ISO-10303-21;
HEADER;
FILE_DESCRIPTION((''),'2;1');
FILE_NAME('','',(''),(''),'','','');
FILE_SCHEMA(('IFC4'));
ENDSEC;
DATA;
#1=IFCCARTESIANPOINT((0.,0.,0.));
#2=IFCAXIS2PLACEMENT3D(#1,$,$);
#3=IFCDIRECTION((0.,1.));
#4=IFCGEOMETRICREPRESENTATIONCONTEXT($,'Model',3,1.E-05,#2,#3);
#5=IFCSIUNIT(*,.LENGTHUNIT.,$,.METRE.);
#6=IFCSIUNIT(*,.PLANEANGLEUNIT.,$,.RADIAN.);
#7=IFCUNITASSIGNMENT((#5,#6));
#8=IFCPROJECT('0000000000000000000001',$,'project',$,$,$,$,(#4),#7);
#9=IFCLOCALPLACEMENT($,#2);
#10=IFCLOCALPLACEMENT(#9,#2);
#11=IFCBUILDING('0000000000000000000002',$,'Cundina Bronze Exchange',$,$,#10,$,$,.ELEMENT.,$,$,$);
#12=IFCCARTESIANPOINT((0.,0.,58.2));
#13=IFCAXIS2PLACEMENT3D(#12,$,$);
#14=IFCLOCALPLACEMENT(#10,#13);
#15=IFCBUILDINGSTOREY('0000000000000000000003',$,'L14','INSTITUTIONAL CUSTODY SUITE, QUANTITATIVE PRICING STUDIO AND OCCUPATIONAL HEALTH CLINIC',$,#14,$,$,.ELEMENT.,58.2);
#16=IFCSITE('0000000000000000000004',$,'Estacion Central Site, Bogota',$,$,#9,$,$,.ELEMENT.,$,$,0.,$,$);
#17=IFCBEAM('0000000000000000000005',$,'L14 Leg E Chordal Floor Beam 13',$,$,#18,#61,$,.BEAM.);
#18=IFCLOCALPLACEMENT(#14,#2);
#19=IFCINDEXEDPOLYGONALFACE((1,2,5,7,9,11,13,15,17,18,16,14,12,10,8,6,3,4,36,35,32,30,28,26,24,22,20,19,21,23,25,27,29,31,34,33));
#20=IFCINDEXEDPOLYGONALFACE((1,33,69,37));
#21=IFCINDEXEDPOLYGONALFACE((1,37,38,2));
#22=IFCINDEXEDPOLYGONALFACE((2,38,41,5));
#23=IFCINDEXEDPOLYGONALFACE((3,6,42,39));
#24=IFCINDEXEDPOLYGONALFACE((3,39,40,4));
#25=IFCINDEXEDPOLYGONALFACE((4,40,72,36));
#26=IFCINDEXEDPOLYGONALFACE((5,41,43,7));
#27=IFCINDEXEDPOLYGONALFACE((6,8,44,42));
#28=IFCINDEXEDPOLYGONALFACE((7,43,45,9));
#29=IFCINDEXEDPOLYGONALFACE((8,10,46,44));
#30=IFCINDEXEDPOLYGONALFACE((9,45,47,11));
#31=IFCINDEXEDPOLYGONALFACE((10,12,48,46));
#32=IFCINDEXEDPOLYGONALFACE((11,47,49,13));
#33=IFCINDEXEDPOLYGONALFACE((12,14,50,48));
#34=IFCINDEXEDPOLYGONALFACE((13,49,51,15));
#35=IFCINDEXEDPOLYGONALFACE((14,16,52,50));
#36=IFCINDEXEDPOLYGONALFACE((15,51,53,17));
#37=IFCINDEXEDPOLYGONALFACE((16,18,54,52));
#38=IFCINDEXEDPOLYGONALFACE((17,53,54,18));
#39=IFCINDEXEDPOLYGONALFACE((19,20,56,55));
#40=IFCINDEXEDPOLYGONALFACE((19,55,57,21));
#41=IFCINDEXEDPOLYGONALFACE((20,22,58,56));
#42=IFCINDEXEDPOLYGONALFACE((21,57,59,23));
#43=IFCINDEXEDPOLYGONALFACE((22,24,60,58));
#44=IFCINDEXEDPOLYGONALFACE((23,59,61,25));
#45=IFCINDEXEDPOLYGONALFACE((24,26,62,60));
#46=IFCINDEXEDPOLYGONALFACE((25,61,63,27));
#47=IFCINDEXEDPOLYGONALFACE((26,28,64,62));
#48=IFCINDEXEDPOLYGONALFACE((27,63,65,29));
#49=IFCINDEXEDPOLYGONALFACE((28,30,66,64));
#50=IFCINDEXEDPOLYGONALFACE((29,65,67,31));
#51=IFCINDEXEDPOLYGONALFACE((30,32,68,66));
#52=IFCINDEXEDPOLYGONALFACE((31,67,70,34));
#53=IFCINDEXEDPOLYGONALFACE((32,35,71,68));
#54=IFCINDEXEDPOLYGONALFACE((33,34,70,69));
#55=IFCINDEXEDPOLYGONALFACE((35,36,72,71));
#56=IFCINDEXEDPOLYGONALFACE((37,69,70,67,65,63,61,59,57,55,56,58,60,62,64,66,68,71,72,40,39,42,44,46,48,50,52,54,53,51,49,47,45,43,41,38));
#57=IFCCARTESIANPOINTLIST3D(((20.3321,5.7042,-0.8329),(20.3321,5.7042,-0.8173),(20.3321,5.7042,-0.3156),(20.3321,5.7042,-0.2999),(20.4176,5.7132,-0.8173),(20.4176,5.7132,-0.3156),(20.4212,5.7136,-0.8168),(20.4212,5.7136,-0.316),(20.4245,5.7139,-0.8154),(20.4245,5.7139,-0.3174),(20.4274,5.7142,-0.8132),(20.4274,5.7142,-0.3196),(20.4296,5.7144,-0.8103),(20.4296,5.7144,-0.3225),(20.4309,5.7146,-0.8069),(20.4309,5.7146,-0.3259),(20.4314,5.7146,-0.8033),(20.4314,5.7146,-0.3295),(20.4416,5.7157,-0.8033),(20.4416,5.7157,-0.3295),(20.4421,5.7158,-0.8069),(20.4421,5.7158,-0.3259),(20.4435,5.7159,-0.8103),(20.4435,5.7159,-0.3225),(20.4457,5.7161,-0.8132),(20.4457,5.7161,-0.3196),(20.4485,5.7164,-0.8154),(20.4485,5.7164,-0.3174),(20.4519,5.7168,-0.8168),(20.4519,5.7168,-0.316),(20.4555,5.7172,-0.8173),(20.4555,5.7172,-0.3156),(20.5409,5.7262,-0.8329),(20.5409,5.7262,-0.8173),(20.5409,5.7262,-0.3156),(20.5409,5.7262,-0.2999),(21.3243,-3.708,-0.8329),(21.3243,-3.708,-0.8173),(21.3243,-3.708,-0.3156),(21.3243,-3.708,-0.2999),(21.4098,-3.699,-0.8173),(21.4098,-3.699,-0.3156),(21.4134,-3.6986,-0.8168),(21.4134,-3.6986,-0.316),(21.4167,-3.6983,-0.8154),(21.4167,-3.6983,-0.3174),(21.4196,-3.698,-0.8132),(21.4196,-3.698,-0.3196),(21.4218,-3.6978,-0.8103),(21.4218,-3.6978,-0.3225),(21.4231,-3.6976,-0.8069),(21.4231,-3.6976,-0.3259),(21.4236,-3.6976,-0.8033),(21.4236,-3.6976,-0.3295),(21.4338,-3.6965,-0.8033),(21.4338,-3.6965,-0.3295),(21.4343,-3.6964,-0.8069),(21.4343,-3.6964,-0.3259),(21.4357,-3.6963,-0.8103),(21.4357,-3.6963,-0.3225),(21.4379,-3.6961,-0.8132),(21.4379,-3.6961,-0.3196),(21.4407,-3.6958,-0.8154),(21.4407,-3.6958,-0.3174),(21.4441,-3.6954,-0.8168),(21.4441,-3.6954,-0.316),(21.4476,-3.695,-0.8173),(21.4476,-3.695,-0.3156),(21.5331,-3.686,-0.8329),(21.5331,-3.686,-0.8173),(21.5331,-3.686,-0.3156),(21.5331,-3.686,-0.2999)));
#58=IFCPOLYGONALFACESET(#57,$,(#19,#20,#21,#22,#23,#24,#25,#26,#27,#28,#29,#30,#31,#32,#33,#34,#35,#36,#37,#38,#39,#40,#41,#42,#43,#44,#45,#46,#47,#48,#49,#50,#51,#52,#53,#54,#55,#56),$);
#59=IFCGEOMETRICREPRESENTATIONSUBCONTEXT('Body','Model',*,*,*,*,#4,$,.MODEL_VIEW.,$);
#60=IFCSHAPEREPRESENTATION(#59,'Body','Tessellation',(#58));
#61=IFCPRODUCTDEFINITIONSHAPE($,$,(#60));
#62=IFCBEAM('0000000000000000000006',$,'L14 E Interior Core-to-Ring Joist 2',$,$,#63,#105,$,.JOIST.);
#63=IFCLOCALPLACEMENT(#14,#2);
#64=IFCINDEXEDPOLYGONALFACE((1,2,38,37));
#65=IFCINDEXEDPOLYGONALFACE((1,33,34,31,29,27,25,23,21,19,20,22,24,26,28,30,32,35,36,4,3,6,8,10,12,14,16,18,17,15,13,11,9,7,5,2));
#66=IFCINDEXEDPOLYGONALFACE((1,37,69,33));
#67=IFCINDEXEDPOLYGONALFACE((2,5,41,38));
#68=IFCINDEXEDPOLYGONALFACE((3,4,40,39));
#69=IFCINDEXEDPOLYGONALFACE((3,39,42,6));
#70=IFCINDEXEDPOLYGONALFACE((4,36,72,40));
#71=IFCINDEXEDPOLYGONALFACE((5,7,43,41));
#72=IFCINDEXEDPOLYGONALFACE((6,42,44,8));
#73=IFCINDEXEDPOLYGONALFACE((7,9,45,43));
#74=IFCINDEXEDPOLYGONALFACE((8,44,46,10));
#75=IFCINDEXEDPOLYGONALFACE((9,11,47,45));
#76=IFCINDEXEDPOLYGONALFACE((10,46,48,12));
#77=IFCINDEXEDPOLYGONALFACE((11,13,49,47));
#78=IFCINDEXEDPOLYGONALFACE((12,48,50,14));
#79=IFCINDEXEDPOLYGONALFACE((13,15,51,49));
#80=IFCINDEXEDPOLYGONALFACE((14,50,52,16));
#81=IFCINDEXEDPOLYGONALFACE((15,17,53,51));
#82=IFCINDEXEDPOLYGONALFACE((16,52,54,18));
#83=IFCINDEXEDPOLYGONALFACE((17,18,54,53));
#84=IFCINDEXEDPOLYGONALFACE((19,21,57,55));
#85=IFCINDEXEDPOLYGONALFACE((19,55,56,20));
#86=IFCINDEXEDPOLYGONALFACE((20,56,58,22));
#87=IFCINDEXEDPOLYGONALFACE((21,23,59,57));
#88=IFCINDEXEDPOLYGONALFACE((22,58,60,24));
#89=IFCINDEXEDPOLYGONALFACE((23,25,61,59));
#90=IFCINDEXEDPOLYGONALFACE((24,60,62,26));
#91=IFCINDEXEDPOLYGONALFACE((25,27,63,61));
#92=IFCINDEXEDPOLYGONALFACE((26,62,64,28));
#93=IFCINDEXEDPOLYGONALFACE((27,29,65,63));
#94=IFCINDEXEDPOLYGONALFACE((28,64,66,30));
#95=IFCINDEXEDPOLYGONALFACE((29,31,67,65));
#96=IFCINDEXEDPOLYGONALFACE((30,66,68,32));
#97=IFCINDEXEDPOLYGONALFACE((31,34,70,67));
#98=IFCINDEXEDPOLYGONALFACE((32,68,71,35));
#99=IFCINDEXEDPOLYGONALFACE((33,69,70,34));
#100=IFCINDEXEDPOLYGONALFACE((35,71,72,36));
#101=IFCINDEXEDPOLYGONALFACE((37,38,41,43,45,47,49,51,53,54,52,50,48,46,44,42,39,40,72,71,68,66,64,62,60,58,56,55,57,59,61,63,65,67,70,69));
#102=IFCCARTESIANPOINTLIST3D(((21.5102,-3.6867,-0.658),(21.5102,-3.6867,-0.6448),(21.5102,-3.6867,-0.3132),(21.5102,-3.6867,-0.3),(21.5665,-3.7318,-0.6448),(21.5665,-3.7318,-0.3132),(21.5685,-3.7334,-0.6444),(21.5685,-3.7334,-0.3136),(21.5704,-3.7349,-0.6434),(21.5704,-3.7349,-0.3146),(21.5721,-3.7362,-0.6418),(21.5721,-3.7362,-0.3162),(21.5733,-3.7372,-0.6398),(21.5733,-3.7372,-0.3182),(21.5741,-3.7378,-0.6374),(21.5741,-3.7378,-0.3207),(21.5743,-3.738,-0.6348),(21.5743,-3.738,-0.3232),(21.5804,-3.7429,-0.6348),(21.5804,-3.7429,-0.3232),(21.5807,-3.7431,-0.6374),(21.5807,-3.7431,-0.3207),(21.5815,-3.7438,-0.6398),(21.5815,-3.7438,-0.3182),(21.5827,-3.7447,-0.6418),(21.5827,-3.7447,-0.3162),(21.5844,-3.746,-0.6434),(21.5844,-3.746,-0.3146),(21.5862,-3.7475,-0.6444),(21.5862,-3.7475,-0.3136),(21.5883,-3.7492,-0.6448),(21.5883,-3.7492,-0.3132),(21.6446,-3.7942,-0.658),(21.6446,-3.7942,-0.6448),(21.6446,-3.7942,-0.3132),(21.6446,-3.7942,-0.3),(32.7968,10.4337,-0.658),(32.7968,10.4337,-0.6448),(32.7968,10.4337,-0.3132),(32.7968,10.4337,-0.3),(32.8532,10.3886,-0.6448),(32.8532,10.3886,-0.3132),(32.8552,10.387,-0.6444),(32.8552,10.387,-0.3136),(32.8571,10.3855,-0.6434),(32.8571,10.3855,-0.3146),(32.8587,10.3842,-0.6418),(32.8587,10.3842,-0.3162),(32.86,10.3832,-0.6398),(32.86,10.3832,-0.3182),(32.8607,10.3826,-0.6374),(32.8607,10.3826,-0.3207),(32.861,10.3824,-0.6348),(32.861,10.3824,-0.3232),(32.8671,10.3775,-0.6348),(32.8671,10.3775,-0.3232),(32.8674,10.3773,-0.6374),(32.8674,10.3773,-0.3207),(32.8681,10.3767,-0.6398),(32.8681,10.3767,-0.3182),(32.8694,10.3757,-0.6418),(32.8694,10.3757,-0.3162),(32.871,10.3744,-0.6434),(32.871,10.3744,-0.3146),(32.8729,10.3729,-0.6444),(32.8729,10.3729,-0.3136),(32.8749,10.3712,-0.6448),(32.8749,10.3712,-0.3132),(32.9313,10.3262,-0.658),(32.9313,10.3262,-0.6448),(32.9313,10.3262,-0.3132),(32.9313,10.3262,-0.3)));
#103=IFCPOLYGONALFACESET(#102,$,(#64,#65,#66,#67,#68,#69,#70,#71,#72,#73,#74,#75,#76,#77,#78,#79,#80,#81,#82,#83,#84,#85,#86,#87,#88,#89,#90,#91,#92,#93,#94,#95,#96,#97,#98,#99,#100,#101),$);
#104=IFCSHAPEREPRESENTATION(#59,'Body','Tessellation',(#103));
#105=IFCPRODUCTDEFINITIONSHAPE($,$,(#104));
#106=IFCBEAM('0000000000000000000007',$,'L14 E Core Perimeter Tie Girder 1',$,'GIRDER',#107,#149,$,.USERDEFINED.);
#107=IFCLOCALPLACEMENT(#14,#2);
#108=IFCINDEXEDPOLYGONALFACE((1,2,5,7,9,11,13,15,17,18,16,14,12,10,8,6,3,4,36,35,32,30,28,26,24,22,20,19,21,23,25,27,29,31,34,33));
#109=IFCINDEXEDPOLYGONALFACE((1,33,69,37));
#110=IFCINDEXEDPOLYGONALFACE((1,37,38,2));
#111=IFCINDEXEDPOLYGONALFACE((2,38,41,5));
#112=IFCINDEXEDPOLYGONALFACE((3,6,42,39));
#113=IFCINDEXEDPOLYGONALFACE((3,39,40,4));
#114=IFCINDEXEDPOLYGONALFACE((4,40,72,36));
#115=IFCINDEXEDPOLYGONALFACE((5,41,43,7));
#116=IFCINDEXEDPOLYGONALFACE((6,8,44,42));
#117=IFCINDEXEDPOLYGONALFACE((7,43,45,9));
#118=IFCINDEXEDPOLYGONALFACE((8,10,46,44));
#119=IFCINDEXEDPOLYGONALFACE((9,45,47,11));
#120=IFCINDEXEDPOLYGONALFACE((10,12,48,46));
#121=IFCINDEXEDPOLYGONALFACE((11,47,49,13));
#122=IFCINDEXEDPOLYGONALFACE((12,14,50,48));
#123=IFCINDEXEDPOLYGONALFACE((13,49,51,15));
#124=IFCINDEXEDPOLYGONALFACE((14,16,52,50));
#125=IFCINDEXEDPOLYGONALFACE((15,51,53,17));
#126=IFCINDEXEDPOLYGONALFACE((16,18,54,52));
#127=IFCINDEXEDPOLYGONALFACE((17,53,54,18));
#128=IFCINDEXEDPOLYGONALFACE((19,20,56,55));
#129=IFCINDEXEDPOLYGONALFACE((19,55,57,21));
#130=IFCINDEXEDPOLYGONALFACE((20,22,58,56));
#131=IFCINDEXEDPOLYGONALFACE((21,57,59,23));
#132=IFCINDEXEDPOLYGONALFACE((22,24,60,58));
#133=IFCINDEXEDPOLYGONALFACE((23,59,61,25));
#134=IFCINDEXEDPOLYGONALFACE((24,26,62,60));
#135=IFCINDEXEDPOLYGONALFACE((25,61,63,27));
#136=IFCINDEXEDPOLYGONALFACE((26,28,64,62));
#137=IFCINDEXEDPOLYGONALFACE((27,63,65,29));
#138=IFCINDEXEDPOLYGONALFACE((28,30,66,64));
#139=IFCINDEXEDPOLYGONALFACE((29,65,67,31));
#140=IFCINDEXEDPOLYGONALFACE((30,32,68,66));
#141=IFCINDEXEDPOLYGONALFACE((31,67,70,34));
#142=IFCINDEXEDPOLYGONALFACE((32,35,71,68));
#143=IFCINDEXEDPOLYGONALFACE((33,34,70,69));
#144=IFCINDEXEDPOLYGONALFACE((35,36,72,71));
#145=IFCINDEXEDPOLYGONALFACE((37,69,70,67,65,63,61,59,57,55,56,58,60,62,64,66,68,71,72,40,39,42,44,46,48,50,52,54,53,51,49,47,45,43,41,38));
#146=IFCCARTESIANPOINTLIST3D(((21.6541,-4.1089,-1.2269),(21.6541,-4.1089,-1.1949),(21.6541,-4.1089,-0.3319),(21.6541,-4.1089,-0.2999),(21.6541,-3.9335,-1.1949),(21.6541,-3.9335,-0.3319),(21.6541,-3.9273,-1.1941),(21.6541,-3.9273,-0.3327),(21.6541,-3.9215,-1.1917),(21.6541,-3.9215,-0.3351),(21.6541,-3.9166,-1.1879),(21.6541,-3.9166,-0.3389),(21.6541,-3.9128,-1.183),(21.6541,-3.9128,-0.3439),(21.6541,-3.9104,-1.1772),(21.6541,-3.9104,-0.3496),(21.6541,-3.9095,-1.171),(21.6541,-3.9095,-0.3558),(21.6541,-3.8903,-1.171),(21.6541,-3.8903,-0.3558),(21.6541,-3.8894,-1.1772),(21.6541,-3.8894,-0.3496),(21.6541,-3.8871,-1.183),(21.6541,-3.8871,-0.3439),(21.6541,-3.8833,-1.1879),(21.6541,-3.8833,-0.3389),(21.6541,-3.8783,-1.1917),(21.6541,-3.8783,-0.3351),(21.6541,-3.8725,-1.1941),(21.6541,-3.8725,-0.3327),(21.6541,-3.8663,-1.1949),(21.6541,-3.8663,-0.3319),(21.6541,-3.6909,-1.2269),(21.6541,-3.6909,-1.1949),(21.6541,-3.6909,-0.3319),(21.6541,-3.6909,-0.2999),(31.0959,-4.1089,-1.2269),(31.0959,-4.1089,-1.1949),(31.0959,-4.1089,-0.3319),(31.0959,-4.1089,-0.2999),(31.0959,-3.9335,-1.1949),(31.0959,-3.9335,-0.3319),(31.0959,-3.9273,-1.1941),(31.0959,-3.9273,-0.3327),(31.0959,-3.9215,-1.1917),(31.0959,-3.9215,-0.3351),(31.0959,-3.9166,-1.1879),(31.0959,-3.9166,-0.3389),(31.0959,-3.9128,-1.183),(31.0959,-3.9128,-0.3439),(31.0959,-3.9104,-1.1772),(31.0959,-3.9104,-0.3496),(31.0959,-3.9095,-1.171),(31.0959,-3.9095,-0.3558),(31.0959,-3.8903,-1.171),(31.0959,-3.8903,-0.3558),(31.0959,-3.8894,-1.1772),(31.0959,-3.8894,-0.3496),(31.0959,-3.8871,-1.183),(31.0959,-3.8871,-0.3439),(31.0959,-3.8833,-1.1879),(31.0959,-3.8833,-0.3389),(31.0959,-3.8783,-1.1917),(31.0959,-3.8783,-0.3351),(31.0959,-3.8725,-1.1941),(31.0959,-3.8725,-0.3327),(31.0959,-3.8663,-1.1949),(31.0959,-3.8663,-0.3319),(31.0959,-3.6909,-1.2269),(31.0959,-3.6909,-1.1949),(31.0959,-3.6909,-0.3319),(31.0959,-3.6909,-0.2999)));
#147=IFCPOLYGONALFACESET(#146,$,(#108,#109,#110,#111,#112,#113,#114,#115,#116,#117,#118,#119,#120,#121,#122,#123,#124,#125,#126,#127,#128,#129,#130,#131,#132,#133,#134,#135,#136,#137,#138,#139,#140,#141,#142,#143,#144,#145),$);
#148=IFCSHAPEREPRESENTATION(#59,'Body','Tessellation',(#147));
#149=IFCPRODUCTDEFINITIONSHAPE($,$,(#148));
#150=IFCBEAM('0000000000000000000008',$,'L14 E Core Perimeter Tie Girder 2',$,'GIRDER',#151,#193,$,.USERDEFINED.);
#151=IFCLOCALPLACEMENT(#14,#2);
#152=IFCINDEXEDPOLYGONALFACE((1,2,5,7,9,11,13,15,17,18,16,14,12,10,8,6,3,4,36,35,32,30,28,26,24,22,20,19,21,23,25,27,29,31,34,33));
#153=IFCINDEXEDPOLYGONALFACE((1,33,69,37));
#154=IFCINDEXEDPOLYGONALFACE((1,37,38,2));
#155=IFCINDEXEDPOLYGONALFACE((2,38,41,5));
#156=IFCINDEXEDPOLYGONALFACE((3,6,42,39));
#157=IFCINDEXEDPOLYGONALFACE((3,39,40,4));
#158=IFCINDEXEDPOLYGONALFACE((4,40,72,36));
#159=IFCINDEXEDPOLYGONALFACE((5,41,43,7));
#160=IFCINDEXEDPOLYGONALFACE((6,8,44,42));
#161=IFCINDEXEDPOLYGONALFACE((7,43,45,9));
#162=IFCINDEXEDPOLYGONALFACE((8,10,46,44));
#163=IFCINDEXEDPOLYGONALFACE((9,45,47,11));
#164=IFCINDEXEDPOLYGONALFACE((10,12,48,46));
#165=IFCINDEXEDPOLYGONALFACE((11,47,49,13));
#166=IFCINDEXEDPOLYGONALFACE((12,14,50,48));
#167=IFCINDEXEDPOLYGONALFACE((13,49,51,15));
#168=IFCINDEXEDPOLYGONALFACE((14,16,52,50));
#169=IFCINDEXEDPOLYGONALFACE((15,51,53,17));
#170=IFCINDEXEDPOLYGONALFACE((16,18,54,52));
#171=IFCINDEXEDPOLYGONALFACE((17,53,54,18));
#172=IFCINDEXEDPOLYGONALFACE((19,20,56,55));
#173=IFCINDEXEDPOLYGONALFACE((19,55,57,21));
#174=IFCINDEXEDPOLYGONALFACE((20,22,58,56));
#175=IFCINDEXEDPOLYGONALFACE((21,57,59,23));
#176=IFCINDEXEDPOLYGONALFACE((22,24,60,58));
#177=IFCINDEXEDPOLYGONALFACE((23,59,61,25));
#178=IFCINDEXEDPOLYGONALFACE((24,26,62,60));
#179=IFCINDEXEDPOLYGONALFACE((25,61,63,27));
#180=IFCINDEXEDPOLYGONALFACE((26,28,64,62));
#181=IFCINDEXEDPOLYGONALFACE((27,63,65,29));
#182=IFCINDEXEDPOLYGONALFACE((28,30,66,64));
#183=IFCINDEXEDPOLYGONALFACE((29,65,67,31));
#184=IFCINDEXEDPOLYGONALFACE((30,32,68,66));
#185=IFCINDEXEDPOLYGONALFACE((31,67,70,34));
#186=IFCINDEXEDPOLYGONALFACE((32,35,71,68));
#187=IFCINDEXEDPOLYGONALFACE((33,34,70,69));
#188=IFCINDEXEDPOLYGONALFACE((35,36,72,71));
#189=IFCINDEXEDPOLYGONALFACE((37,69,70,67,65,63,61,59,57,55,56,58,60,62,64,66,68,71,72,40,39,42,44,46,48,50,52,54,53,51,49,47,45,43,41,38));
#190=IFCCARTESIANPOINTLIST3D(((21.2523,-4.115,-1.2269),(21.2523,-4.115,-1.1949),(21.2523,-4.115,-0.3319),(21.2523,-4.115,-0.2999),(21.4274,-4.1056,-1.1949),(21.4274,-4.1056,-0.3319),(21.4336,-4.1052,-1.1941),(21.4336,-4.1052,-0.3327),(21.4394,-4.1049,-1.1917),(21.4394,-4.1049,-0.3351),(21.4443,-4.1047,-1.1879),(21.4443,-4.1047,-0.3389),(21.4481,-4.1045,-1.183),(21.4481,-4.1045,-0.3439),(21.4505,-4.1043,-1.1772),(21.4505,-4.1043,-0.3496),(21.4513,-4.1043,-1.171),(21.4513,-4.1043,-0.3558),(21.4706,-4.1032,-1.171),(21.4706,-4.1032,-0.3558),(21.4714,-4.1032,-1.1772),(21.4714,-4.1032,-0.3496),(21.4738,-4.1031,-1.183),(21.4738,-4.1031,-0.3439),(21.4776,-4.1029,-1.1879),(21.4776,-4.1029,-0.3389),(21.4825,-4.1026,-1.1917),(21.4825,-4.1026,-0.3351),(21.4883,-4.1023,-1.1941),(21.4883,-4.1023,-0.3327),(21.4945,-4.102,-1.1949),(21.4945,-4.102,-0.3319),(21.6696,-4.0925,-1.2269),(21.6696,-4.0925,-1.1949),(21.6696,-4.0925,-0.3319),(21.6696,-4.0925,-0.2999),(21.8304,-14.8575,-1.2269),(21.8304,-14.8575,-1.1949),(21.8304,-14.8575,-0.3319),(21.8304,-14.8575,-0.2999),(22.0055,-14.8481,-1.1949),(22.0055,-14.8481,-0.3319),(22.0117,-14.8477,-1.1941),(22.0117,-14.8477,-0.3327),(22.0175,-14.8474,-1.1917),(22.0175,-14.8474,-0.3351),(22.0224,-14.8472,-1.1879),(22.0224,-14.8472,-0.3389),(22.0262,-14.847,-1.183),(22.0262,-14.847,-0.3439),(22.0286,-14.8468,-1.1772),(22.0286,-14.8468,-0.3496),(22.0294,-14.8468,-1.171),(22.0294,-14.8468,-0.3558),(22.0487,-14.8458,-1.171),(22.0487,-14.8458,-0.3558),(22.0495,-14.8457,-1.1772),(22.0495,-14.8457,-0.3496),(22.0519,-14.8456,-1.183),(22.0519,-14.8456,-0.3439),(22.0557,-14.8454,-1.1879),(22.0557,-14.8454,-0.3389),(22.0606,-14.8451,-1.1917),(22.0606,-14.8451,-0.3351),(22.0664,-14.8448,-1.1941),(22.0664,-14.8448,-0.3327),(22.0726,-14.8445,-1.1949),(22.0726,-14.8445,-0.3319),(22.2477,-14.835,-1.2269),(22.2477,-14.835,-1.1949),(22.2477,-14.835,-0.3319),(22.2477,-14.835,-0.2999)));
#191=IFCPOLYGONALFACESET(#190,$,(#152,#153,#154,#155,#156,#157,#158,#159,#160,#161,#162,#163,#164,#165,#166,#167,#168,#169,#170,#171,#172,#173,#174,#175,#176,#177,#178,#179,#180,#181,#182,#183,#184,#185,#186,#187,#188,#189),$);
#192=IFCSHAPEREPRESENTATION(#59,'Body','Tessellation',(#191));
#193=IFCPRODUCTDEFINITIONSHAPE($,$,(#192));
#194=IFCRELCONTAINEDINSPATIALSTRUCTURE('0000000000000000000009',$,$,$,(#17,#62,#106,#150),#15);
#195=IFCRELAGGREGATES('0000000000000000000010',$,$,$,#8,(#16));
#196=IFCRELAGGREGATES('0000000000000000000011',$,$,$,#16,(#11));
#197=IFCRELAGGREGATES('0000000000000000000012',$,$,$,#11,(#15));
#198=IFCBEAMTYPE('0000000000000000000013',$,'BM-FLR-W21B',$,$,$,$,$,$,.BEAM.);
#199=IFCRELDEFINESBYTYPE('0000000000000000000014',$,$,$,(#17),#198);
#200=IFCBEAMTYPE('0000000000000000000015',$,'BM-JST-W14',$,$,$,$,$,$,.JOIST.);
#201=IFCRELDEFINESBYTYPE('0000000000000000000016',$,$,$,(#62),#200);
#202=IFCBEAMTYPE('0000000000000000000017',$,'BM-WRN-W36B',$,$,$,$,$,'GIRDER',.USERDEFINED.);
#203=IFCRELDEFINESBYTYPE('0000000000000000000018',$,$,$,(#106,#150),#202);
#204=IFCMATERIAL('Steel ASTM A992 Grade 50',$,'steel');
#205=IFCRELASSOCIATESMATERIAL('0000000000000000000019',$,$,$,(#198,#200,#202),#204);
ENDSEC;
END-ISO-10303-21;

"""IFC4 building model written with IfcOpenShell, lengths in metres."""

from ifc_helpers import new_model, si_unit, direction, frame, origin, origin_2d, place, context, subcontext, project, spatial, i_section, extrude, material, material_profile, profile_set, type_object, element, save


model = new_model("IFC4")

# Units and contexts
model_context = context("Model", 3, precision=1e-05, world=origin(), true_north=direction((0.0, 1.0)))
body_context = subcontext(model_context, "Body", "Model", "MODEL_VIEW")
ifc_project = project(units=[si_unit("LENGTHUNIT", "METRE"), si_unit("PLANEANGLEUNIT", "RADIAN")], contexts=[model_context])

# Site, building, storey
site_placement = place(None, origin())
site = spatial("IfcSite", under=ifc_project, at=site_placement, Name="Estacion Central Site, Bogota", CompositionType="ELEMENT", RefElevation=0.0)
building_placement = place(site_placement, origin())
building = spatial("IfcBuilding", under=site, at=building_placement, Name="Cundina Bronze Exchange", CompositionType="ELEMENT")
storey_placement = place(building_placement, frame((0.0, 0.0, 58.2)))
storey = spatial("IfcBuildingStorey", under=building, at=storey_placement, Name="L14", Description="INSTITUTIONAL CUSTODY SUITE, QUANTITATIVE PRICING STUDIO AND OCCUPATIONAL HEALTH CLINIC", CompositionType="ELEMENT", Elevation=58.2)

# Shared definitions
ifc_material_1 = material(Name="Steel ASTM A992 Grade 50", Category="steel")

# Beams
ifc_material_profile_1 = material_profile(ifc_material_1, i_section(OverallWidth=0.21, OverallDepth=0.533, WebThickness=0.0103, FlangeThickness=0.0156, FilletRadius=0.0139, at=origin_2d()), Name="W21X62", Category="steel")
ifc_profile_set_1 = profile_set([ifc_material_profile_1], Name="Steel ASTM A992 Grade 50")
beam_type_1 = type_object("IfcBeamType", Name="BM-FLR-W21B", PredefinedType="BEAM", material=ifc_profile_set_1)
beam_1_placement = place(storey_placement, frame((21.4287, -3.697, -0.5664), z_axis=(-0.104835, 0.99449, 0.0), x_axis=(-0.99449, -0.104835, 0.0)))
element("IfcBeam", 1, at=beam_1_placement, inside=storey, type_object=beam_type_1, Name="L14 Leg E Chordal Floor Beam 13", PredefinedType="BEAM", context=body_context, shape_type="SweptSolid", body=[
    extrude(i_section(OverallWidth=0.21, OverallDepth=0.533, WebThickness=0.0103, FlangeThickness=0.0156, FilletRadius=0.0139, at=origin_2d()), origin(), (0.0, 0.0, 1.0), 9.4644),
])
ifc_material_profile_2 = material_profile(ifc_material_1, i_section(OverallWidth=0.1721, OverallDepth=0.3579, WebThickness=0.0078, FlangeThickness=0.0132, FilletRadius=0.01, at=origin_2d()), Name="W14X38", Category="steel")
ifc_profile_set_2 = profile_set([ifc_material_profile_2], Name="Steel ASTM A992 Grade 50")
beam_type_2 = type_object("IfcBeamType", Name="BM-JST-W14", PredefinedType="JOIST", material=ifc_profile_set_2)
beam_2_placement = place(storey_placement, frame((21.5774, -3.7405, -0.479), z_axis=(0.624369, 0.78113, 0.0), x_axis=(-0.78113, 0.624369, 0.0)))
element("IfcBeam", 2, at=beam_2_placement, inside=storey, type_object=beam_type_2, Name="L14 E Interior Core-to-Ring Joist 2", PredefinedType="JOIST", context=body_context, shape_type="SweptSolid", body=[
    extrude(i_section(OverallWidth=0.1721, OverallDepth=0.3579, WebThickness=0.0078, FlangeThickness=0.0132, FilletRadius=0.01, at=origin_2d()), origin(), (0.0, 0.0, 1.0), 18.0769),
])
ifc_material_profile_3 = material_profile(ifc_material_1, i_section(OverallWidth=0.418, OverallDepth=0.927, WebThickness=0.0193, FlangeThickness=0.032, FilletRadius=0.0239, at=origin_2d()), Name="W36X231", Category="steel")
ifc_profile_set_3 = profile_set([ifc_material_profile_3], Name="Steel ASTM A992 Grade 50")
beam_type_3 = type_object("IfcBeamType", Name="BM-WRN-W36B", ElementType="GIRDER", PredefinedType="USERDEFINED", material=ifc_profile_set_3)
beam_3_placement = place(storey_placement, frame((31.0959, -3.8999, -0.7634), z_axis=(-1.0, 0.0, 0.0), x_axis=(0.0, -1.0, 0.0)))
element("IfcBeam", 3, at=beam_3_placement, inside=storey, type_object=beam_type_3, Name="L14 E Core Perimeter Tie Girder 1", ObjectType="GIRDER", PredefinedType="USERDEFINED", context=body_context, shape_type="SweptSolid", body=[
    extrude(i_section(OverallWidth=0.418, OverallDepth=0.927, WebThickness=0.0193, FlangeThickness=0.032, FilletRadius=0.0239, at=origin_2d()), origin(), (0.0, 0.0, 1.0), 9.4419),
])
beam_4_placement = place(storey_placement, frame((21.4609, -4.1038, -0.7634), z_axis=(0.053739, -0.998555, 0.0), x_axis=(0.998555, 0.053739, 0.0)))
element("IfcBeam", 4, at=beam_4_placement, inside=storey, type_object=beam_type_3, Name="L14 E Core Perimeter Tie Girder 2", ObjectType="GIRDER", PredefinedType="USERDEFINED", context=body_context, shape_type="SweptSolid", body=[
    extrude(i_section(OverallWidth=0.418, OverallDepth=0.927, WebThickness=0.0193, FlangeThickness=0.032, FilletRadius=0.0239, at=origin_2d()), origin(), (0.0, 0.0, 1.0), 10.7581),
])

save(model, "model.ifc")
